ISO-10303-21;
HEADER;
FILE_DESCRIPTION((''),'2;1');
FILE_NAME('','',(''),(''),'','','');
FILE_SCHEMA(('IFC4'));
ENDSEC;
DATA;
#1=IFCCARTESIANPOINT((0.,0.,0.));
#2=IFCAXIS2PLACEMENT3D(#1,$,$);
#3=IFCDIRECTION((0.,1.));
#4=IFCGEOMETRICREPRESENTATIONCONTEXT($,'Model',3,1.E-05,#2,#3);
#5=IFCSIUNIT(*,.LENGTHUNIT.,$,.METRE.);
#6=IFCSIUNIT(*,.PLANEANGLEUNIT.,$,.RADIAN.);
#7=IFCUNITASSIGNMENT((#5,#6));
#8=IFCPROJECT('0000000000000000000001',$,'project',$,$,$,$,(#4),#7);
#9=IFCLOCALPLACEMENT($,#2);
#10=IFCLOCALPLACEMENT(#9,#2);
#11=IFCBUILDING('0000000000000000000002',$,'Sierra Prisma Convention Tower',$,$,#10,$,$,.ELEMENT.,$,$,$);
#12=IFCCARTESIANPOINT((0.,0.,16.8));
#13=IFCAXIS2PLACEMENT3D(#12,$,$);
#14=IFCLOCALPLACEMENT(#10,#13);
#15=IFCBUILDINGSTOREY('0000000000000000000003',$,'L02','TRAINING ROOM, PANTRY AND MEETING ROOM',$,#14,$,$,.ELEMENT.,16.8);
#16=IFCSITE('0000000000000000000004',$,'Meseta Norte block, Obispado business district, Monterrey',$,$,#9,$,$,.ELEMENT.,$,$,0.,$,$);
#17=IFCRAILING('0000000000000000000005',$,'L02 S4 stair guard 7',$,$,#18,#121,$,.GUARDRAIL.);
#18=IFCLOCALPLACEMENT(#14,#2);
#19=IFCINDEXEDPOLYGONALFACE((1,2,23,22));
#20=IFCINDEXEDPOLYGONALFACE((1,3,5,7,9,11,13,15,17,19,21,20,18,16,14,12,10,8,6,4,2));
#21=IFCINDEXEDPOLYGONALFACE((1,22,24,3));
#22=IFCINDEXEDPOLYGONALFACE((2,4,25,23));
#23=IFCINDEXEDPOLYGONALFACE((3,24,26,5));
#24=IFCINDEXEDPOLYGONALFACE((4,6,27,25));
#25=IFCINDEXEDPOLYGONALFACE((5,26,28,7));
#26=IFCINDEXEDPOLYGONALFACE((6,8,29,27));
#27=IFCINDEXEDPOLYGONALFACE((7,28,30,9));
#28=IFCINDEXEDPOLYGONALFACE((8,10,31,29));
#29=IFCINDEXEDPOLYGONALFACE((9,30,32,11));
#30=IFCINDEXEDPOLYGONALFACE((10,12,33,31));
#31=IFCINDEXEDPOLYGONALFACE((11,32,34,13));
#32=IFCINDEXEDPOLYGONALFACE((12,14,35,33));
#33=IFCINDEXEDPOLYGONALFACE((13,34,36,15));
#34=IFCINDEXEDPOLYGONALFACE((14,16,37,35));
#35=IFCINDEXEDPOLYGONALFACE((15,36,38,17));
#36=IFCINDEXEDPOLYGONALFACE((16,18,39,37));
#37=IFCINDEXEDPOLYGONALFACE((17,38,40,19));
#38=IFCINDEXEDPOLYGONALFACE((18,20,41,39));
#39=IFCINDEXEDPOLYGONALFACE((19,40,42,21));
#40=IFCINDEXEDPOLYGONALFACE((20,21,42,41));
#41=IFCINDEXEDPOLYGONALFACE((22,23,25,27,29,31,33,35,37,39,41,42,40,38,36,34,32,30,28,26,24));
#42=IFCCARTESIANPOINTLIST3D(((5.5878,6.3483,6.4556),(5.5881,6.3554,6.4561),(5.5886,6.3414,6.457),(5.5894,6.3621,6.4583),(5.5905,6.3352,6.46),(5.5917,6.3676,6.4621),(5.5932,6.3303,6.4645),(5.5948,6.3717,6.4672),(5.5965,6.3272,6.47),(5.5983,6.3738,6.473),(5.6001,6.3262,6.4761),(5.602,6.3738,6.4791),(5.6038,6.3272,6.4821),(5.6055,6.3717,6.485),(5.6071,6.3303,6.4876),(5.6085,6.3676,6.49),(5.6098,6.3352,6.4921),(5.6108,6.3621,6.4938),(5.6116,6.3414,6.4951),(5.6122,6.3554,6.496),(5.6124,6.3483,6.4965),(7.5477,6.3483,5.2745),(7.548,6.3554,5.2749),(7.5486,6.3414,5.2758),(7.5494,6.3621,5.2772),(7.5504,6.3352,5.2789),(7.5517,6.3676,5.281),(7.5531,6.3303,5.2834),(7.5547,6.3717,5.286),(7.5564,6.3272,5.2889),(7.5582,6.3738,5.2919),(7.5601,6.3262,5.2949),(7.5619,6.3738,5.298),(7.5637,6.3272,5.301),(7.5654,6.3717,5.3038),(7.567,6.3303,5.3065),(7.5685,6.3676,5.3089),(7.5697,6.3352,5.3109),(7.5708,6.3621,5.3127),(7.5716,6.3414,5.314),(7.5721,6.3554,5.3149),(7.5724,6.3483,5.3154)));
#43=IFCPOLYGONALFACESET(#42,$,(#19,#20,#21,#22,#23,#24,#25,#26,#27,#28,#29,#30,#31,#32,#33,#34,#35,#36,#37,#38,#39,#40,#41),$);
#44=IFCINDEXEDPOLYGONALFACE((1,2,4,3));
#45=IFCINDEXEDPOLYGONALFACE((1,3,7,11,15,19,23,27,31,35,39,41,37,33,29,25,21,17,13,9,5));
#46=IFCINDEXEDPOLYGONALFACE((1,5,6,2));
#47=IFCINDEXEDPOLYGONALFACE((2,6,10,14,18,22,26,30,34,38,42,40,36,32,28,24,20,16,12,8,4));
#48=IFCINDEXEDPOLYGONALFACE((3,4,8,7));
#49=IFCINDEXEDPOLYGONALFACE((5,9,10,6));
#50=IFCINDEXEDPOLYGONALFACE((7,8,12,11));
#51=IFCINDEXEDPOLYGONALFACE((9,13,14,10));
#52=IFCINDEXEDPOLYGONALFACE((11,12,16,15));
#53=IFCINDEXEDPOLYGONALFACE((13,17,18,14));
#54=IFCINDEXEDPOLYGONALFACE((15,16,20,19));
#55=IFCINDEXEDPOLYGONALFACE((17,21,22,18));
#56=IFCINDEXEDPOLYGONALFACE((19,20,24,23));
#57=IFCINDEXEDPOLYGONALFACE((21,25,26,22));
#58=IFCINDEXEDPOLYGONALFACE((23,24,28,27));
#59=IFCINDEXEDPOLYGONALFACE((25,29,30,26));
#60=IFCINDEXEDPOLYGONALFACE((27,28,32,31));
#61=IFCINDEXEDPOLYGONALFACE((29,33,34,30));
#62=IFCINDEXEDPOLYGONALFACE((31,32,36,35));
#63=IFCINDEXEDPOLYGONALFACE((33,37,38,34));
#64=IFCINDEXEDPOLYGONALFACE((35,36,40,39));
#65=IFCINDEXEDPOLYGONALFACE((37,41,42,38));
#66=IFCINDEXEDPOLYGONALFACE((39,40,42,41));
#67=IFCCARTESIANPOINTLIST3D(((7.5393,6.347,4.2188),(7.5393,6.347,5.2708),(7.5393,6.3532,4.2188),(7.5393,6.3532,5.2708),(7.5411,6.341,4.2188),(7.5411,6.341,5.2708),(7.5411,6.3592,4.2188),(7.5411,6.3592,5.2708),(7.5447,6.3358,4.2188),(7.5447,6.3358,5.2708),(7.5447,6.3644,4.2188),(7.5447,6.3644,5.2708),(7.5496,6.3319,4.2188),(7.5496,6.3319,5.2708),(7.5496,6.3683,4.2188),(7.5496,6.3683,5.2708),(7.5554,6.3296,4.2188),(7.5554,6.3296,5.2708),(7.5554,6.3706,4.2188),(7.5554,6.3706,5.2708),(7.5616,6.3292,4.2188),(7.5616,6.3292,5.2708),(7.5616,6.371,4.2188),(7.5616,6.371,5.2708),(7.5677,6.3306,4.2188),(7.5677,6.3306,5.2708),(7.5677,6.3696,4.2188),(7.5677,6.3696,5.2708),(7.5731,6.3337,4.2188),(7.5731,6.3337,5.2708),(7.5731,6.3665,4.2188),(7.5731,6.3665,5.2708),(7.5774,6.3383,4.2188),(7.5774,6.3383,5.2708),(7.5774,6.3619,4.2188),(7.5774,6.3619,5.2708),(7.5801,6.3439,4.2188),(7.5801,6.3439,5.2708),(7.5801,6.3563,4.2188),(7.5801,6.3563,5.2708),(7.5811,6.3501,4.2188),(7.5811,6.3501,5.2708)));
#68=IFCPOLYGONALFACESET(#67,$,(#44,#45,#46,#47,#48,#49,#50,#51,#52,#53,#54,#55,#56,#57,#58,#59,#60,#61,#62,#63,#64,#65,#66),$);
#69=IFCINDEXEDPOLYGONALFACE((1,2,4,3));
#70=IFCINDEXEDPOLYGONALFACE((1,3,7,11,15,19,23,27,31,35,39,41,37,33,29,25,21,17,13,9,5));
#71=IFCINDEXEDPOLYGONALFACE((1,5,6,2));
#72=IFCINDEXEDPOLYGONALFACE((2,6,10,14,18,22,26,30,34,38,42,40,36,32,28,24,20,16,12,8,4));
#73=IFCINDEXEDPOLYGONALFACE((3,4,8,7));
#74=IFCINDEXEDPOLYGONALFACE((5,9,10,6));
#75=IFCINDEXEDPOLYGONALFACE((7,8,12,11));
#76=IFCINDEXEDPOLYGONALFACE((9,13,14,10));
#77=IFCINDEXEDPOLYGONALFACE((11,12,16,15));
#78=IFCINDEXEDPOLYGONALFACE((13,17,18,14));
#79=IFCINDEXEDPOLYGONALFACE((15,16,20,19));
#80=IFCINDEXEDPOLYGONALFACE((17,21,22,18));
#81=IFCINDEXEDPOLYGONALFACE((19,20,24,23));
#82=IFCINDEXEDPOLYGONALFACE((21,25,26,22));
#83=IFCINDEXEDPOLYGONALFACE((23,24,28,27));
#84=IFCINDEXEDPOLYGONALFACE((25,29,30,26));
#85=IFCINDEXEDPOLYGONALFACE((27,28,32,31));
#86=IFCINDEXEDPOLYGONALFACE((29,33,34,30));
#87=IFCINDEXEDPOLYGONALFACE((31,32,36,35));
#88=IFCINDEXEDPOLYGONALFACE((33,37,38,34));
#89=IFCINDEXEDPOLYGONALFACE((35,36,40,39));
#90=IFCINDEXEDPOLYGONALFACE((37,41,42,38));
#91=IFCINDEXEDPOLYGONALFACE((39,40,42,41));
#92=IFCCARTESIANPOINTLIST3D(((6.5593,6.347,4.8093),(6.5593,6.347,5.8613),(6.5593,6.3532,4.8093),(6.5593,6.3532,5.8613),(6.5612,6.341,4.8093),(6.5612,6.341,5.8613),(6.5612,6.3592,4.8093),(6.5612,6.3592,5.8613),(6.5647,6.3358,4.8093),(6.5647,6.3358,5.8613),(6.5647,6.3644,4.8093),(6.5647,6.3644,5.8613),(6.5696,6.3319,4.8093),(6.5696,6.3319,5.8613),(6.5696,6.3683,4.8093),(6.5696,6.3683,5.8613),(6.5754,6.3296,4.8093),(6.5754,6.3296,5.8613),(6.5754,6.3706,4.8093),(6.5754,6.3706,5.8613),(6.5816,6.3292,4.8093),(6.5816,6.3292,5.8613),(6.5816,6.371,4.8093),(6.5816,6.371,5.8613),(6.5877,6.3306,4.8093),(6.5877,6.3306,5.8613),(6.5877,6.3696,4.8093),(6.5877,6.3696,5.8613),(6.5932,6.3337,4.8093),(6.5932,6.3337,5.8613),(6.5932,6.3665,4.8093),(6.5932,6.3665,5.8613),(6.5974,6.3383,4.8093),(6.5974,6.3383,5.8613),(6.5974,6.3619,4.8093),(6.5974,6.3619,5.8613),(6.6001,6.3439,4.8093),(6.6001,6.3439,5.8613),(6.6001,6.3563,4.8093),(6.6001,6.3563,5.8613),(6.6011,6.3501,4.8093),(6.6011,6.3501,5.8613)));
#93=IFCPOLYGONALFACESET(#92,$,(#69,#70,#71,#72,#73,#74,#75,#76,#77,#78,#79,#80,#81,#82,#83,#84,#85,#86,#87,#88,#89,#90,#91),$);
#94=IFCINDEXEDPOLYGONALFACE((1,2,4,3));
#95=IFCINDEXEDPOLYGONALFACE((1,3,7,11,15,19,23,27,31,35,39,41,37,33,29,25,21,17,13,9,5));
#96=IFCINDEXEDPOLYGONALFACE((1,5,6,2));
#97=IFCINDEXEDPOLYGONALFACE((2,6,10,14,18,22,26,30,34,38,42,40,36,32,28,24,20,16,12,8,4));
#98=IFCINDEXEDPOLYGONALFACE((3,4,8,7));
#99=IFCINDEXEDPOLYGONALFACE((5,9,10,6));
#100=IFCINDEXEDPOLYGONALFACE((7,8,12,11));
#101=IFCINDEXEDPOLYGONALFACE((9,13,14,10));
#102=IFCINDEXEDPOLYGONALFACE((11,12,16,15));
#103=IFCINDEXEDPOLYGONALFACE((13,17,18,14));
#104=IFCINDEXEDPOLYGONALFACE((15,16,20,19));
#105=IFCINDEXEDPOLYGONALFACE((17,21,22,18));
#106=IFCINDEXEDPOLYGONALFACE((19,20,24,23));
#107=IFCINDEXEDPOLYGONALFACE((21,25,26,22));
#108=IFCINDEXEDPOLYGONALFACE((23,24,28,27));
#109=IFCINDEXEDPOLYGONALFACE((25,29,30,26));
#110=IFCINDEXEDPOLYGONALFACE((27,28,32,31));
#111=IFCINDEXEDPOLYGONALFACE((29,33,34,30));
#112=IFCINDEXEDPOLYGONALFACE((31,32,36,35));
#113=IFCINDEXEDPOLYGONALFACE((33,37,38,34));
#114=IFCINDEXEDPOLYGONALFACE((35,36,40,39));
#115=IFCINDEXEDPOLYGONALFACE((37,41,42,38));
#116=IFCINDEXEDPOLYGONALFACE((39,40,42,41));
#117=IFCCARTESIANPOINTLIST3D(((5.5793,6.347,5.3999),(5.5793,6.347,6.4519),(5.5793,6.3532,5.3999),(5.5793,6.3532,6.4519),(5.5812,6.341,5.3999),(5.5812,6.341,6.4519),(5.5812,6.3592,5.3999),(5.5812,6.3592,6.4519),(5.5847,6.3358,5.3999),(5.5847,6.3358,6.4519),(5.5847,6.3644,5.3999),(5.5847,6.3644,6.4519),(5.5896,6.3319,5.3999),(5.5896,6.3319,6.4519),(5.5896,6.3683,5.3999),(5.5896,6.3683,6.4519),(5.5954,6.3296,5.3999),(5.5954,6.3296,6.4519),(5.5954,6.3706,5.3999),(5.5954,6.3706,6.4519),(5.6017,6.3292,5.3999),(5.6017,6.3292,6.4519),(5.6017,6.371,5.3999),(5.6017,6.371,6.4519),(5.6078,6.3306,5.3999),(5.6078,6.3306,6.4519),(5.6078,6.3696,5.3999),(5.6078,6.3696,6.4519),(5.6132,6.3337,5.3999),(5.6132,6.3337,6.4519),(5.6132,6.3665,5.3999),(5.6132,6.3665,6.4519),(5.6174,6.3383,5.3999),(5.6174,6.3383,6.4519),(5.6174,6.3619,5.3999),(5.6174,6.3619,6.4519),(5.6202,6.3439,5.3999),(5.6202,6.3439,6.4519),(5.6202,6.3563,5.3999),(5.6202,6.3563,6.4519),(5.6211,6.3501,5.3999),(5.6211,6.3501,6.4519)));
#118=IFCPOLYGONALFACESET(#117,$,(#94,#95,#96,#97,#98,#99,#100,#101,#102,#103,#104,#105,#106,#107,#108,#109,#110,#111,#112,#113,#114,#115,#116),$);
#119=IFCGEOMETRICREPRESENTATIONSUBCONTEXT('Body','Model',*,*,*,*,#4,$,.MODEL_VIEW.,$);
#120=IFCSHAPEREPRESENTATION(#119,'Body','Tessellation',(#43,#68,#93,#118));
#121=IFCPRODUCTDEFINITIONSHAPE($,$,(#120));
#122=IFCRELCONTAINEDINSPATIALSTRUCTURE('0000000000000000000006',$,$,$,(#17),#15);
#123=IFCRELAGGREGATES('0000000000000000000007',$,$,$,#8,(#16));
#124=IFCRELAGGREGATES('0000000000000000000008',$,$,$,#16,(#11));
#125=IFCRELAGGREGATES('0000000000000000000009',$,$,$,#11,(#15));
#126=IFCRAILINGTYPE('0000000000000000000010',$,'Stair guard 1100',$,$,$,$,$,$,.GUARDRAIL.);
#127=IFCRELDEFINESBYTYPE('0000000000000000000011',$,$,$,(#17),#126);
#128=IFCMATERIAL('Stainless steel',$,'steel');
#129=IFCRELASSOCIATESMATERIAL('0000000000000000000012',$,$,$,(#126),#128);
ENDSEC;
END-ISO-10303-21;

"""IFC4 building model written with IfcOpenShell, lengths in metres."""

from ifc_helpers import new_model, si_unit, direction, frame, origin, origin_2d, place, context, subcontext, project, spatial, circle, extrude, material, type_object, element, save


model = new_model("IFC4")

# Units and contexts
model_context = context("Model", 3, precision=1e-05, world=origin(), true_north=direction((0.0, 1.0)))
body_context = subcontext(model_context, "Body", "Model", "MODEL_VIEW")
ifc_project = project(units=[si_unit("LENGTHUNIT", "METRE"), si_unit("PLANEANGLEUNIT", "RADIAN")], contexts=[model_context])

# Site, building, storey
site_placement = place(None, origin())
site = spatial("IfcSite", under=ifc_project, at=site_placement, Name="Meseta Norte block, Obispado business district, Monterrey", CompositionType="ELEMENT", RefElevation=0.0)
building_placement = place(site_placement, origin())
building = spatial("IfcBuilding", under=site, at=building_placement, Name="Sierra Prisma Convention Tower", CompositionType="ELEMENT")
storey_placement = place(building_placement, frame((0.0, 0.0, 16.8)))
storey = spatial("IfcBuildingStorey", under=building, at=storey_placement, Name="L02", Description="TRAINING ROOM, PANTRY AND MEETING ROOM", CompositionType="ELEMENT", Elevation=16.8)

# Railing
ifc_material_1 = material(Name="Stainless steel", Category="steel")
railing_type_1 = type_object("IfcRailingType", Name="Stair guard 1100", PredefinedType="GUARDRAIL", material=ifc_material_1)
railing_1_placement = place(storey_placement, frame((7.5601, 6.3501, 4.2188)))
element("IfcRailing", 1, at=railing_1_placement, inside=storey, type_object=railing_type_1, Name="L02 S4 stair guard 7", PredefinedType="GUARDRAIL", context=body_context, shape_type="SweptSolid", body=[
    extrude(circle(Radius=0.0239, at=origin_2d()), frame((0.0, 0.0, 1.0762), z_axis=(-0.856493, 0.0, 0.516158), x_axis=(0.0, -1.0, 0.0)), (0.0, 0.0, 1.0), 2.2883),
    extrude(circle(Radius=0.021, at=origin_2d()), origin(), (0.0, 0.0, 1.0), 1.052),
    extrude(circle(Radius=0.021, at=origin_2d()), frame((-0.98, 0.0, 0.5906)), (0.0, 0.0, 1.0), 1.052),
    extrude(circle(Radius=0.021, at=origin_2d()), frame((-1.96, 0.0, 1.1812)), (0.0, 0.0, 1.0), 1.052),
])

save(model, "model.ifc")
